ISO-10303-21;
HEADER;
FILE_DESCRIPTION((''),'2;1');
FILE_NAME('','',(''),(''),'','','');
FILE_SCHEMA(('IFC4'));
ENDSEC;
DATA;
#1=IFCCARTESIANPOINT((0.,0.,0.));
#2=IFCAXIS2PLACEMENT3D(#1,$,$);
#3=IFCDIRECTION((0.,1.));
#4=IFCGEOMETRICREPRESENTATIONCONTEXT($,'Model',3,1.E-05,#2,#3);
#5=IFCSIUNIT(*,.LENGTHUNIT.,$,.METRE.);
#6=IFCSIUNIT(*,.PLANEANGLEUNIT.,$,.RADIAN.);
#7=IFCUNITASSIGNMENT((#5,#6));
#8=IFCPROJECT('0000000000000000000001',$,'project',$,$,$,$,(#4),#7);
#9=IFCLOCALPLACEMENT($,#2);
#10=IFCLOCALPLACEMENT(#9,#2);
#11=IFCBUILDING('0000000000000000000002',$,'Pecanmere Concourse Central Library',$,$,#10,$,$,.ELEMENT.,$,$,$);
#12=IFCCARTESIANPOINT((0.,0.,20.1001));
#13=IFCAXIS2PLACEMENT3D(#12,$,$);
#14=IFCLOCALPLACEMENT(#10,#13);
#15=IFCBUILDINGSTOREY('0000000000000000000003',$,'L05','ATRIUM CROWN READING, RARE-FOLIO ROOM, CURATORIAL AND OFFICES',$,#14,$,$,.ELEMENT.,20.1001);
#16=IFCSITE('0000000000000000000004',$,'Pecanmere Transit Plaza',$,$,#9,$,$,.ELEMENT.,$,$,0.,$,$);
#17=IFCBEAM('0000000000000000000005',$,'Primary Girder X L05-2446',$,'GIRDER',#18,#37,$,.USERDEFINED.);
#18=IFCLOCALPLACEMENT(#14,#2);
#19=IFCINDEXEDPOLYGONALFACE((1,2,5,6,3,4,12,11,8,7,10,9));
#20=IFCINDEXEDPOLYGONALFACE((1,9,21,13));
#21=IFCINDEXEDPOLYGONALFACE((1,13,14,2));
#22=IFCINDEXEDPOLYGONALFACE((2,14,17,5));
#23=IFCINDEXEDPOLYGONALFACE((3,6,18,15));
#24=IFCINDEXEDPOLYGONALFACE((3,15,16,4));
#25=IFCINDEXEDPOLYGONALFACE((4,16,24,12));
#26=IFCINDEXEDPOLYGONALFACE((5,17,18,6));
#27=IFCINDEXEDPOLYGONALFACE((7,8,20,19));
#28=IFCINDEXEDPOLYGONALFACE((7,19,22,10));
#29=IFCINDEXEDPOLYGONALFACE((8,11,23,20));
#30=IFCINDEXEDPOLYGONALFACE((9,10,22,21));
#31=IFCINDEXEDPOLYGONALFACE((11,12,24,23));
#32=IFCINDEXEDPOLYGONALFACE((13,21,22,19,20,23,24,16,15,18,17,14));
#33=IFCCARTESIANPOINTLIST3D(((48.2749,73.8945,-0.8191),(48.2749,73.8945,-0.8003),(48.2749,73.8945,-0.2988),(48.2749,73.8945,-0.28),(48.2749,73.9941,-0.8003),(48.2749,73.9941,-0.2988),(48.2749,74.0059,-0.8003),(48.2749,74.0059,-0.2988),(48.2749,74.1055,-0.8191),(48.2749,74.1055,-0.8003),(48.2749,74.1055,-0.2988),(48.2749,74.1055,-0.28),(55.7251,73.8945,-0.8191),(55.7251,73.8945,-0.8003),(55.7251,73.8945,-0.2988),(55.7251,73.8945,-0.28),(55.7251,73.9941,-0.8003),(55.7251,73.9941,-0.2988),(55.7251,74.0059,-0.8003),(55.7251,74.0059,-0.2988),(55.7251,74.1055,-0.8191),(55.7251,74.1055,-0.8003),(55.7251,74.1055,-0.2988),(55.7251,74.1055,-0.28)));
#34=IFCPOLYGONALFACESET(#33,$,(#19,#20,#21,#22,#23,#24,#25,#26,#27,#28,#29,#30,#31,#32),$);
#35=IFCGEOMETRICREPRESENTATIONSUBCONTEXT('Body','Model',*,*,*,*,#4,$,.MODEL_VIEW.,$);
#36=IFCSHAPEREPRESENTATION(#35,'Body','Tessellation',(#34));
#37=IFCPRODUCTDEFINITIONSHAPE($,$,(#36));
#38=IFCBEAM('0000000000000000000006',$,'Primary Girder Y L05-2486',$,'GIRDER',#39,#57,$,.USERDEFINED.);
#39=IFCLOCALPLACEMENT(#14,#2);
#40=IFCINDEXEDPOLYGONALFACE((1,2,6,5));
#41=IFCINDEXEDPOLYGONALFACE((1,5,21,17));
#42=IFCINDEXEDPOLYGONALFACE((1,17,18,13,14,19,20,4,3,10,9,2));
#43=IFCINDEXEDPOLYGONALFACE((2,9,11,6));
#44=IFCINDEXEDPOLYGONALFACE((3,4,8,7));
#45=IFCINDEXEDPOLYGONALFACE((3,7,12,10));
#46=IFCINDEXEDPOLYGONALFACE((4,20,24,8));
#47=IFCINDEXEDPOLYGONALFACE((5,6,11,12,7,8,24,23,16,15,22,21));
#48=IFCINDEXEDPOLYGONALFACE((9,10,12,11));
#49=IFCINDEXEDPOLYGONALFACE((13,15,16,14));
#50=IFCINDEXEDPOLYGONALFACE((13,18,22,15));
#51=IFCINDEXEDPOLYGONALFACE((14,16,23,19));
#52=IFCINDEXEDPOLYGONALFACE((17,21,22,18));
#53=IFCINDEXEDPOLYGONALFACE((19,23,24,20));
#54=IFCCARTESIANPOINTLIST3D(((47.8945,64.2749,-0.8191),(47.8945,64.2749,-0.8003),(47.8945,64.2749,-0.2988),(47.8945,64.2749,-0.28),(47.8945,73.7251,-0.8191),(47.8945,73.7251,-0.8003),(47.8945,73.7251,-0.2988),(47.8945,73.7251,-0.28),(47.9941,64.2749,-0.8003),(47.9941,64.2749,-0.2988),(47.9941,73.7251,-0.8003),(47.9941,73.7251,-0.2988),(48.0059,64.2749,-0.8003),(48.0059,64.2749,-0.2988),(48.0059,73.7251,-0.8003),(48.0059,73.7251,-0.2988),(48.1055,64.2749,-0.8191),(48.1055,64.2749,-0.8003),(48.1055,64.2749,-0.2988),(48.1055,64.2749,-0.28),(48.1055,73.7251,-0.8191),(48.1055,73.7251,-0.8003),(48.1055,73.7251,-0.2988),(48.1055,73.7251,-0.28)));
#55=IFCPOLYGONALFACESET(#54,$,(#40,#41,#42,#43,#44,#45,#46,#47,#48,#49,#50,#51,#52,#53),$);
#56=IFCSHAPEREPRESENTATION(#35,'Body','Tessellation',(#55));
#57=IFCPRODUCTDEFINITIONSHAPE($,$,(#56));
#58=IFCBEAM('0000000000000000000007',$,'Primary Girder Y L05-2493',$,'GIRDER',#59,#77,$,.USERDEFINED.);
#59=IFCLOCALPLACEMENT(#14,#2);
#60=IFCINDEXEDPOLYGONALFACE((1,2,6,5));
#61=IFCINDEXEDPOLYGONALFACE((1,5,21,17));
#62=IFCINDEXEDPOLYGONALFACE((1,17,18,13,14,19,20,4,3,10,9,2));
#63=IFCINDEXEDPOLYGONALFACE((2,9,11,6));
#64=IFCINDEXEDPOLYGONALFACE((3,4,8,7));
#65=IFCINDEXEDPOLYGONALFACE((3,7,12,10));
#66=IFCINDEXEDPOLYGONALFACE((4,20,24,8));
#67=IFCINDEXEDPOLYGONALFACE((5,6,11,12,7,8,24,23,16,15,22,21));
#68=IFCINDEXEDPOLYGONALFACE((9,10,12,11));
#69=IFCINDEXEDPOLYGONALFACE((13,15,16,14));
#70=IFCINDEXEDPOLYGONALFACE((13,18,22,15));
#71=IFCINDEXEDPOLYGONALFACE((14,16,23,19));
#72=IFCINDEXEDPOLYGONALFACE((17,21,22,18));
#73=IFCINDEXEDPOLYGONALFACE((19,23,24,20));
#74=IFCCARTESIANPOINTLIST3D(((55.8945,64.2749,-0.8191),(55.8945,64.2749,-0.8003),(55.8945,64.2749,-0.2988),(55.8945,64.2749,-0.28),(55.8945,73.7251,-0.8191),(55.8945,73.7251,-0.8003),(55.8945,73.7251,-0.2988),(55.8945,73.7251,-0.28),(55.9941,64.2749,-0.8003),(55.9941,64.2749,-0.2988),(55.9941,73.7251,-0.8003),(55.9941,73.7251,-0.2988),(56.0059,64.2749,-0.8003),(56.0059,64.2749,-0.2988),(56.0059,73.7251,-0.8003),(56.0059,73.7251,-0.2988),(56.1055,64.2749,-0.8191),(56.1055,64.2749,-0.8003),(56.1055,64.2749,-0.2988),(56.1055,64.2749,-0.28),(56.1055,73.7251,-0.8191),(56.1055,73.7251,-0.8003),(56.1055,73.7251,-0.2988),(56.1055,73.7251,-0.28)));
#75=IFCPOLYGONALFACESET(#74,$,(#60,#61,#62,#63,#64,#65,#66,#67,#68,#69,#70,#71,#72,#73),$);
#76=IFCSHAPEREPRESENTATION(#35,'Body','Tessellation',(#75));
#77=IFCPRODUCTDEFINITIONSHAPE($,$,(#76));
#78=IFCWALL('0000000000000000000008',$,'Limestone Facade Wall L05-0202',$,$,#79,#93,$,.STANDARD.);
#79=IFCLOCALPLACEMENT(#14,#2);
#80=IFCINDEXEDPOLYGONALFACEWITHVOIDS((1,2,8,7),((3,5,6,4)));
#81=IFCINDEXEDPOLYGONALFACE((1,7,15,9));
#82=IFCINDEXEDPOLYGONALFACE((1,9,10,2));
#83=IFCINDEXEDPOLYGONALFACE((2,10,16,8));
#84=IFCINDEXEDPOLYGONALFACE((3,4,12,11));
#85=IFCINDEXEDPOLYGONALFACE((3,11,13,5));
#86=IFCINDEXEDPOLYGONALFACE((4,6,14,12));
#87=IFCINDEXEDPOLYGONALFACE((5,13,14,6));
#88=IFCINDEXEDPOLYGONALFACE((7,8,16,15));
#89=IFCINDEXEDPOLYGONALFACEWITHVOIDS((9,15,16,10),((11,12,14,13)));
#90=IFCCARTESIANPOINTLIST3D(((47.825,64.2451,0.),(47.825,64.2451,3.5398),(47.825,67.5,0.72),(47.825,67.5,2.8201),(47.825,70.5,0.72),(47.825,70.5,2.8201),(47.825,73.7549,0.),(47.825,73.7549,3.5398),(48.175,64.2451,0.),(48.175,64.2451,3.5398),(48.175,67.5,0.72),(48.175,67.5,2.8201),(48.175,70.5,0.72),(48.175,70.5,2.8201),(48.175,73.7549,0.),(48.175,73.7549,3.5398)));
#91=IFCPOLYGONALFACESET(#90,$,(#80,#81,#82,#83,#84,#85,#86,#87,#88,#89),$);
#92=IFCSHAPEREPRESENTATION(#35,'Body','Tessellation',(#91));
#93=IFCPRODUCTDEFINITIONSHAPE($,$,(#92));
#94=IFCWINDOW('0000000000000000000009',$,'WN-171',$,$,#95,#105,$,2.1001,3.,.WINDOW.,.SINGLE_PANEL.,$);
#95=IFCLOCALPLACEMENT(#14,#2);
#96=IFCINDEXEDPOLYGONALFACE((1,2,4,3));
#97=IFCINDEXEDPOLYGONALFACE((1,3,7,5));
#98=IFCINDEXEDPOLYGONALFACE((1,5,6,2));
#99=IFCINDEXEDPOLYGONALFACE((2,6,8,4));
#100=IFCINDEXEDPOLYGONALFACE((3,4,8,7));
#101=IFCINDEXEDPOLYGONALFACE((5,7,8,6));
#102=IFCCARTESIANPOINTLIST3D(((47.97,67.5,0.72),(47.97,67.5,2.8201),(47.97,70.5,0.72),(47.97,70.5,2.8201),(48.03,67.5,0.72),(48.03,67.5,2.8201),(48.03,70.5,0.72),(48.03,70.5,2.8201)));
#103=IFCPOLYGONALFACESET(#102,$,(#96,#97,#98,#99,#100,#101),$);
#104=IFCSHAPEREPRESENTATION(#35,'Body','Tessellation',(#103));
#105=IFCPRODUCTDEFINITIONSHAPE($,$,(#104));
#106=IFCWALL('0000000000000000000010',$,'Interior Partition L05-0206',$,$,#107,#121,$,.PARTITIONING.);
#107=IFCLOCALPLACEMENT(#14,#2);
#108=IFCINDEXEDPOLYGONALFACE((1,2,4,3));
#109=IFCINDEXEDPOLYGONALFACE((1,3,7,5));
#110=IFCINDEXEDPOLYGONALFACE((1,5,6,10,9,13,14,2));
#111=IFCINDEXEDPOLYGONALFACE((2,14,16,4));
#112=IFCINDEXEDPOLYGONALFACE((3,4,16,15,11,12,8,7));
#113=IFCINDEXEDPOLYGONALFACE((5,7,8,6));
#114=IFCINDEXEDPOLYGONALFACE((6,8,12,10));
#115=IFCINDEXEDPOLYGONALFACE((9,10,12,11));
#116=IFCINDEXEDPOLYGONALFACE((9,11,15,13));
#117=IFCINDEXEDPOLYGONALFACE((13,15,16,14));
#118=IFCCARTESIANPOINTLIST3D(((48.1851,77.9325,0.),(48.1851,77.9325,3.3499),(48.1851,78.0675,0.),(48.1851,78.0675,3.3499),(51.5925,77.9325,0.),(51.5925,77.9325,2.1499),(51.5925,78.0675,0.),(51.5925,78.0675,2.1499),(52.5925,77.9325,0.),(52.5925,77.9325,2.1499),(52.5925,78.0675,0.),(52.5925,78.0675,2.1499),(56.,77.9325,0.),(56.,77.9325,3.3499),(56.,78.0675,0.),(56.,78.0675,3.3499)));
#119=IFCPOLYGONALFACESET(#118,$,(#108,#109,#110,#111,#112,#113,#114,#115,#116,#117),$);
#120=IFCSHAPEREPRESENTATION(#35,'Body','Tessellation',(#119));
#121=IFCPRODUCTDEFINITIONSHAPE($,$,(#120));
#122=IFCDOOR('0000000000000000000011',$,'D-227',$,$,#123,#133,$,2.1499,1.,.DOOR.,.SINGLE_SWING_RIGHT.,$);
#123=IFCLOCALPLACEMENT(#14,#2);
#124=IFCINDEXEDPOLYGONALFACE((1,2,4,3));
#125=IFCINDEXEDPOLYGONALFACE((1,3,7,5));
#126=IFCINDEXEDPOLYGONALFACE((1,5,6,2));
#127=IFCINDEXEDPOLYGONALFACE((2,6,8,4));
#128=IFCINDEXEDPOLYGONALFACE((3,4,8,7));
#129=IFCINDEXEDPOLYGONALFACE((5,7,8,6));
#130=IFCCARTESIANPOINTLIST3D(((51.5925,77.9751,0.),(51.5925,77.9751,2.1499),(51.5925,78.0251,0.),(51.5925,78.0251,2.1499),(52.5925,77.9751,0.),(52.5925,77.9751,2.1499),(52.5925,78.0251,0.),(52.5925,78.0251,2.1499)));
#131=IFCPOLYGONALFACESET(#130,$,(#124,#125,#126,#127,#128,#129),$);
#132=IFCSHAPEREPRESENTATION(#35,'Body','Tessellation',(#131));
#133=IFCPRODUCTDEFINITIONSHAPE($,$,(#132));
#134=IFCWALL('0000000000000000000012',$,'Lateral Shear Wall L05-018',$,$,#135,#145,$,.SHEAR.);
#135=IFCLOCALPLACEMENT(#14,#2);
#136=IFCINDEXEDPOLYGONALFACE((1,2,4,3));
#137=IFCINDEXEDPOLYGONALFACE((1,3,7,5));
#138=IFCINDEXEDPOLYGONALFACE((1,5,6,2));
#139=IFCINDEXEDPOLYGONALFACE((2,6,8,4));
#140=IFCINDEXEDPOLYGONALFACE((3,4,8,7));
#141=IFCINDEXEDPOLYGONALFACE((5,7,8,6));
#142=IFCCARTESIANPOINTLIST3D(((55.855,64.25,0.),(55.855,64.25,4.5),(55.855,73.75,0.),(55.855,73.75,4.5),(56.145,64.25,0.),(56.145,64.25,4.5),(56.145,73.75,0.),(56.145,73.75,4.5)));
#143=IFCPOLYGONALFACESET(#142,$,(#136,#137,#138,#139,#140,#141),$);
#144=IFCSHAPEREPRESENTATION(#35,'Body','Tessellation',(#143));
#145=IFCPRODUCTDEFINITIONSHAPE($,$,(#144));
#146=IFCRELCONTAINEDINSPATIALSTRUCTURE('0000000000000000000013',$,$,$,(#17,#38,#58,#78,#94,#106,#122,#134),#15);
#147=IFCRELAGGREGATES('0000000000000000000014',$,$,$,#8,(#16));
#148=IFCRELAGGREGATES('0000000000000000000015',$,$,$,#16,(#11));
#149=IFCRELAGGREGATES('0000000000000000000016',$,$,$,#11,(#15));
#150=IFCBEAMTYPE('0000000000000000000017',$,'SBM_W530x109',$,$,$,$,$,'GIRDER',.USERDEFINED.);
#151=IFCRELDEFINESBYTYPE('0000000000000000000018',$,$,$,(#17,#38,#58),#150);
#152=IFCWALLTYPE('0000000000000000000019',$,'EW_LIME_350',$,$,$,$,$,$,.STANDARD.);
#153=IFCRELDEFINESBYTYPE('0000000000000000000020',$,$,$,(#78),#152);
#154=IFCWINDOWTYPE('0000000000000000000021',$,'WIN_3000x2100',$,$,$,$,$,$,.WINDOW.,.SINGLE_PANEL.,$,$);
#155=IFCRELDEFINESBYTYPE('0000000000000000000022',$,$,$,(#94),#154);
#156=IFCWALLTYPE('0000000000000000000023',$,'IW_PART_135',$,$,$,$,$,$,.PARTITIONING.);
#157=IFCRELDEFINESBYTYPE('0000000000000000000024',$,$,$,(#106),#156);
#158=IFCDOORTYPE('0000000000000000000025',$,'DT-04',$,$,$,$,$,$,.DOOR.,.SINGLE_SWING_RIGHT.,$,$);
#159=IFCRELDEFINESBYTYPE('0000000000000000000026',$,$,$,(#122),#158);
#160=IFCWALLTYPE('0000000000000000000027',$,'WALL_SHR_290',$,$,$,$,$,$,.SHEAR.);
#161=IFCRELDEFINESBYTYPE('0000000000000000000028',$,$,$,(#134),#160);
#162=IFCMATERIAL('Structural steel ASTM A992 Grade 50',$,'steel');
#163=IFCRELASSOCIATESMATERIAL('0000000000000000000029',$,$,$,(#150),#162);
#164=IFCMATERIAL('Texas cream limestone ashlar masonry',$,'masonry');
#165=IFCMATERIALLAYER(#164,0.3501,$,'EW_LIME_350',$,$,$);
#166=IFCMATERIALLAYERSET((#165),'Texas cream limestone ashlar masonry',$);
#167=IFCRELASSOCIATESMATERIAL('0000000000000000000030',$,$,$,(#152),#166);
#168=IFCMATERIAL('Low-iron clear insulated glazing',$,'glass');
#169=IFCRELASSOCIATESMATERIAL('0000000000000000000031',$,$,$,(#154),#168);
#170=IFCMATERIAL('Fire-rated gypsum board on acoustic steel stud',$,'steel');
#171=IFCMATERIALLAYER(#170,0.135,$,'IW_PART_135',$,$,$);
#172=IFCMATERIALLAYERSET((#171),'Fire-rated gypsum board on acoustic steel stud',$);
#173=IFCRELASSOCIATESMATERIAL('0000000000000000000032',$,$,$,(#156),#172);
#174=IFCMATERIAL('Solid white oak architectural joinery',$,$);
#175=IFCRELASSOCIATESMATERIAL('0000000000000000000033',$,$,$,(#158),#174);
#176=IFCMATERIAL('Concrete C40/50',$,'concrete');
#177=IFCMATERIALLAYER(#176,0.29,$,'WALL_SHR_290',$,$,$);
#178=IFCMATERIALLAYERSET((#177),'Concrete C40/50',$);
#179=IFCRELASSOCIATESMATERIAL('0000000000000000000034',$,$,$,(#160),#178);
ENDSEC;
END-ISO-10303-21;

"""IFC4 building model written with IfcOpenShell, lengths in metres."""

from ifc_helpers import new_model, si_unit, direction, frame, frame_2d, origin, origin_2d, place, context, subcontext, project, spatial, rectangle, i_section, extrude, material, layer, layer_set, material_profile, profile_set, type_object, element, fill, save


model = new_model("IFC4")

# Units and contexts
model_context = context("Model", 3, precision=1e-05, world=origin(), true_north=direction((0.0, 1.0)))
body_context = subcontext(model_context, "Body", "Model", "MODEL_VIEW")
ifc_project = project(units=[si_unit("LENGTHUNIT", "METRE"), si_unit("PLANEANGLEUNIT", "RADIAN")], contexts=[model_context])

# Site, building, storey
site_placement = place(None, origin())
site = spatial("IfcSite", under=ifc_project, at=site_placement, Name="Pecanmere Transit Plaza", CompositionType="ELEMENT", RefElevation=0.0)
building_placement = place(site_placement, origin())
building = spatial("IfcBuilding", under=site, at=building_placement, Name="Pecanmere Concourse Central Library", CompositionType="ELEMENT")
storey_placement = place(building_placement, frame((0.0, 0.0, 20.1001)))
storey = spatial("IfcBuildingStorey", under=building, at=storey_placement, Name="L05", Description="ATRIUM CROWN READING, RARE-FOLIO ROOM, CURATORIAL AND OFFICES", CompositionType="ELEMENT", Elevation=20.1001)

# Beams
ifc_material_1 = material(Name="Structural steel ASTM A992 Grade 50", Category="steel")
ifc_material_profile_1 = material_profile(ifc_material_1, i_section(OverallWidth=0.2109, OverallDepth=0.5391, WebThickness=0.0117, FlangeThickness=0.0188, at=origin_2d()), Name="W530x109")
ifc_profile_set_1 = profile_set([ifc_material_profile_1], Name="Structural steel ASTM A992 Grade 50")
beam_type_1 = type_object("IfcBeamType", Name="SBM_W530x109", ElementType="GIRDER", PredefinedType="USERDEFINED", material=ifc_profile_set_1)
for number, where, z_axis, x_axis, name in (
    (1, (48.2749, 74.0, -0.5496), (1.0, 0.0, 0.0), (0.0, 1.0, 0.0), "Primary Girder X L05-2446"),
):
    element("IfcBeam", number, at=place(storey_placement, frame(where, z_axis=z_axis, x_axis=x_axis)), inside=storey, type_object=beam_type_1, Name=name, ObjectType="GIRDER", PredefinedType="USERDEFINED", context=body_context, shape_type="SweptSolid", body=[
        extrude(i_section(OverallWidth=0.2109, OverallDepth=0.5391, WebThickness=0.0117, FlangeThickness=0.0188, at=origin_2d()), origin(), (0.0, 0.0, 1.0), 7.4502),
    ])
for number, where, z_axis, x_axis, name in (
    (2, (48.0, 64.2749, -0.5496), (0.0, 1.0, 0.0), (-1.0, 0.0, 0.0), "Primary Girder Y L05-2486"),
    (3, (56.0, 64.2749, -0.5496), (0.0, 1.0, 0.0), (-1.0, 0.0, 0.0), "Primary Girder Y L05-2493"),
):
    element("IfcBeam", number, at=place(storey_placement, frame(where, z_axis=z_axis, x_axis=x_axis)), inside=storey, type_object=beam_type_1, Name=name, ObjectType="GIRDER", PredefinedType="USERDEFINED", context=body_context, shape_type="SweptSolid", body=[
        extrude(i_section(OverallWidth=0.2109, OverallDepth=0.5391, WebThickness=0.0117, FlangeThickness=0.0188, at=origin_2d()), origin(), (0.0, 0.0, 1.0), 9.4502),
    ])

# Wall, opening, window
ifc_material_2 = material(Name="Texas cream limestone ashlar masonry", Category="masonry")
ifc_layer_1 = layer(ifc_material_2, 0.3501, Name="EW_LIME_350")
ifc_layer_set_1 = layer_set([ifc_layer_1], Name="Texas cream limestone ashlar masonry")
wall_type_1 = type_object("IfcWallType", Name="EW_LIME_350", PredefinedType="STANDARD", material=ifc_layer_set_1)
wall_1_placement = place(storey_placement, frame((48.0, 73.7549, 0.0), z_axis=(0.0, 0.0, 1.0), x_axis=(0.0, -1.0, 0.0)))
wall_1 = element("IfcWall", 4, at=wall_1_placement, inside=storey, type_object=wall_type_1, Name="Limestone Facade Wall L05-0202", PredefinedType="STANDARD", context=body_context, shape_type="SweptSolid", body=[
    extrude(rectangle(XDim=9.5098, YDim=0.3501, at=frame_2d((4.7549, 0.0))), origin(), (0.0, 0.0, 1.0), 3.5398),
])
opening_1_placement = place(wall_1_placement, frame((3.2549, 0.0, 0.72)))
opening_1 = element("IfcOpeningElement", 5, at=opening_1_placement, cuts=wall_1, PredefinedType="OPENING", context=body_context, shape_type="SweptSolid", body=[
    extrude(rectangle(XDim=3.0, YDim=2.1001, at=frame_2d((1.5, 1.05))), frame((0.0, 0.187, 0.0), z_axis=(0.0, -1.0, 0.0), x_axis=(1.0, 0.0, 0.0)), (0.0, 0.0, 1.0), 0.374),
])
ifc_material_3 = material(Name="Low-iron clear insulated glazing", Category="glass")
window_type = type_object("IfcWindowType", Name="WIN_3000x2100", PartitioningType="SINGLE_PANEL", PredefinedType="WINDOW", material=ifc_material_3)
window_placement = place(opening_1_placement, origin())
window = element("IfcWindow", 6, at=window_placement, inside=storey, type_object=window_type, Name="WN-171", OverallHeight=2.1001, OverallWidth=3.0, PartitioningType="SINGLE_PANEL", PredefinedType="WINDOW", context=body_context, shape_type="SweptSolid", body=[
    extrude(rectangle(XDim=3.0, YDim=2.1001, at=frame_2d((1.5, 1.05))), frame((0.0, 0.03, 0.0), z_axis=(0.0, -1.0, 0.0), x_axis=(1.0, 0.0, 0.0)), (0.0, 0.0, 1.0), 0.0601),
])
fill(opening_1, window)

# Wall, opening, door
ifc_material_4 = material(Name="Fire-rated gypsum board on acoustic steel stud", Category="steel")
ifc_layer_2 = layer(ifc_material_4, 0.135, Name="IW_PART_135")
ifc_layer_set_2 = layer_set([ifc_layer_2], Name="Fire-rated gypsum board on acoustic steel stud")
wall_type_2 = type_object("IfcWallType", Name="IW_PART_135", PredefinedType="PARTITIONING", material=ifc_layer_set_2)
wall_2_placement = place(storey_placement, frame((48.1851, 78.0, 0.0), z_axis=(0.0, 0.0, 1.0), x_axis=(1.0, 0.0, 0.0)))
wall_2 = element("IfcWall", 7, at=wall_2_placement, inside=storey, type_object=wall_type_2, Name="Interior Partition L05-0206", PredefinedType="PARTITIONING", context=body_context, shape_type="SweptSolid", body=[
    extrude(rectangle(XDim=7.8149, YDim=0.135, at=frame_2d((3.9075, 0.0))), origin(), (0.0, 0.0, 1.0), 3.3499),
])
opening_2_placement = place(wall_2_placement, frame((3.4075, 0.0, 0.0)))
opening_2 = element("IfcOpeningElement", 8, at=opening_2_placement, cuts=wall_2, PredefinedType="OPENING", context=body_context, shape_type="SweptSolid", body=[
    extrude(rectangle(XDim=1.0, YDim=2.1499, at=frame_2d((0.5, 1.075))), frame((0.0, 0.0796, 0.0), z_axis=(0.0, -1.0, 0.0), x_axis=(1.0, 0.0, 0.0)), (0.0, 0.0, 1.0), 0.1589),
])
ifc_material_5 = material(Name="Solid white oak architectural joinery")
door_type = type_object("IfcDoorType", Name="DT-04", OperationType="SINGLE_SWING_RIGHT", PredefinedType="DOOR", material=ifc_material_5)
door_placement = place(opening_2_placement, frame((1.0, 0.0, 0.0), z_axis=(0.0, 0.0, 1.0), x_axis=(-1.0, 0.0, 0.0)))
door = element("IfcDoor", 9, at=door_placement, inside=storey, type_object=door_type, Name="D-227", OperationType="SINGLE_SWING_RIGHT", OverallHeight=2.1499, OverallWidth=1.0, PredefinedType="DOOR", context=body_context, shape_type="SweptSolid", body=[
    extrude(rectangle(XDim=1.0, YDim=2.1499, at=frame_2d((0.5, 1.075))), frame((0.0, 0.0249, 0.0), z_axis=(0.0, -1.0, 0.0), x_axis=(1.0, 0.0, 0.0)), (0.0, 0.0, 1.0), 0.05),
])
fill(opening_2, door)

# Wall
ifc_material_6 = material(Name="Concrete C40/50", Category="concrete")
ifc_layer_3 = layer(ifc_material_6, 0.29, Name="WALL_SHR_290")
ifc_layer_set_3 = layer_set([ifc_layer_3], Name="Concrete C40/50")
wall_type_3 = type_object("IfcWallType", Name="WALL_SHR_290", PredefinedType="SHEAR", material=ifc_layer_set_3)
wall_3_placement = place(storey_placement, frame((56.0, 64.25, 0.0), z_axis=(0.0, 0.0, 1.0), x_axis=(0.0, 1.0, 0.0)))
element("IfcWall", 10, at=wall_3_placement, inside=storey, type_object=wall_type_3, Name="Lateral Shear Wall L05-018", PredefinedType="SHEAR", context=body_context, shape_type="SweptSolid", body=[
    extrude(rectangle(XDim=9.5, YDim=0.29, at=frame_2d((4.75, 0.0))), origin(), (0.0, 0.0, 1.0), 4.5),
])

save(model, "model.ifc")
